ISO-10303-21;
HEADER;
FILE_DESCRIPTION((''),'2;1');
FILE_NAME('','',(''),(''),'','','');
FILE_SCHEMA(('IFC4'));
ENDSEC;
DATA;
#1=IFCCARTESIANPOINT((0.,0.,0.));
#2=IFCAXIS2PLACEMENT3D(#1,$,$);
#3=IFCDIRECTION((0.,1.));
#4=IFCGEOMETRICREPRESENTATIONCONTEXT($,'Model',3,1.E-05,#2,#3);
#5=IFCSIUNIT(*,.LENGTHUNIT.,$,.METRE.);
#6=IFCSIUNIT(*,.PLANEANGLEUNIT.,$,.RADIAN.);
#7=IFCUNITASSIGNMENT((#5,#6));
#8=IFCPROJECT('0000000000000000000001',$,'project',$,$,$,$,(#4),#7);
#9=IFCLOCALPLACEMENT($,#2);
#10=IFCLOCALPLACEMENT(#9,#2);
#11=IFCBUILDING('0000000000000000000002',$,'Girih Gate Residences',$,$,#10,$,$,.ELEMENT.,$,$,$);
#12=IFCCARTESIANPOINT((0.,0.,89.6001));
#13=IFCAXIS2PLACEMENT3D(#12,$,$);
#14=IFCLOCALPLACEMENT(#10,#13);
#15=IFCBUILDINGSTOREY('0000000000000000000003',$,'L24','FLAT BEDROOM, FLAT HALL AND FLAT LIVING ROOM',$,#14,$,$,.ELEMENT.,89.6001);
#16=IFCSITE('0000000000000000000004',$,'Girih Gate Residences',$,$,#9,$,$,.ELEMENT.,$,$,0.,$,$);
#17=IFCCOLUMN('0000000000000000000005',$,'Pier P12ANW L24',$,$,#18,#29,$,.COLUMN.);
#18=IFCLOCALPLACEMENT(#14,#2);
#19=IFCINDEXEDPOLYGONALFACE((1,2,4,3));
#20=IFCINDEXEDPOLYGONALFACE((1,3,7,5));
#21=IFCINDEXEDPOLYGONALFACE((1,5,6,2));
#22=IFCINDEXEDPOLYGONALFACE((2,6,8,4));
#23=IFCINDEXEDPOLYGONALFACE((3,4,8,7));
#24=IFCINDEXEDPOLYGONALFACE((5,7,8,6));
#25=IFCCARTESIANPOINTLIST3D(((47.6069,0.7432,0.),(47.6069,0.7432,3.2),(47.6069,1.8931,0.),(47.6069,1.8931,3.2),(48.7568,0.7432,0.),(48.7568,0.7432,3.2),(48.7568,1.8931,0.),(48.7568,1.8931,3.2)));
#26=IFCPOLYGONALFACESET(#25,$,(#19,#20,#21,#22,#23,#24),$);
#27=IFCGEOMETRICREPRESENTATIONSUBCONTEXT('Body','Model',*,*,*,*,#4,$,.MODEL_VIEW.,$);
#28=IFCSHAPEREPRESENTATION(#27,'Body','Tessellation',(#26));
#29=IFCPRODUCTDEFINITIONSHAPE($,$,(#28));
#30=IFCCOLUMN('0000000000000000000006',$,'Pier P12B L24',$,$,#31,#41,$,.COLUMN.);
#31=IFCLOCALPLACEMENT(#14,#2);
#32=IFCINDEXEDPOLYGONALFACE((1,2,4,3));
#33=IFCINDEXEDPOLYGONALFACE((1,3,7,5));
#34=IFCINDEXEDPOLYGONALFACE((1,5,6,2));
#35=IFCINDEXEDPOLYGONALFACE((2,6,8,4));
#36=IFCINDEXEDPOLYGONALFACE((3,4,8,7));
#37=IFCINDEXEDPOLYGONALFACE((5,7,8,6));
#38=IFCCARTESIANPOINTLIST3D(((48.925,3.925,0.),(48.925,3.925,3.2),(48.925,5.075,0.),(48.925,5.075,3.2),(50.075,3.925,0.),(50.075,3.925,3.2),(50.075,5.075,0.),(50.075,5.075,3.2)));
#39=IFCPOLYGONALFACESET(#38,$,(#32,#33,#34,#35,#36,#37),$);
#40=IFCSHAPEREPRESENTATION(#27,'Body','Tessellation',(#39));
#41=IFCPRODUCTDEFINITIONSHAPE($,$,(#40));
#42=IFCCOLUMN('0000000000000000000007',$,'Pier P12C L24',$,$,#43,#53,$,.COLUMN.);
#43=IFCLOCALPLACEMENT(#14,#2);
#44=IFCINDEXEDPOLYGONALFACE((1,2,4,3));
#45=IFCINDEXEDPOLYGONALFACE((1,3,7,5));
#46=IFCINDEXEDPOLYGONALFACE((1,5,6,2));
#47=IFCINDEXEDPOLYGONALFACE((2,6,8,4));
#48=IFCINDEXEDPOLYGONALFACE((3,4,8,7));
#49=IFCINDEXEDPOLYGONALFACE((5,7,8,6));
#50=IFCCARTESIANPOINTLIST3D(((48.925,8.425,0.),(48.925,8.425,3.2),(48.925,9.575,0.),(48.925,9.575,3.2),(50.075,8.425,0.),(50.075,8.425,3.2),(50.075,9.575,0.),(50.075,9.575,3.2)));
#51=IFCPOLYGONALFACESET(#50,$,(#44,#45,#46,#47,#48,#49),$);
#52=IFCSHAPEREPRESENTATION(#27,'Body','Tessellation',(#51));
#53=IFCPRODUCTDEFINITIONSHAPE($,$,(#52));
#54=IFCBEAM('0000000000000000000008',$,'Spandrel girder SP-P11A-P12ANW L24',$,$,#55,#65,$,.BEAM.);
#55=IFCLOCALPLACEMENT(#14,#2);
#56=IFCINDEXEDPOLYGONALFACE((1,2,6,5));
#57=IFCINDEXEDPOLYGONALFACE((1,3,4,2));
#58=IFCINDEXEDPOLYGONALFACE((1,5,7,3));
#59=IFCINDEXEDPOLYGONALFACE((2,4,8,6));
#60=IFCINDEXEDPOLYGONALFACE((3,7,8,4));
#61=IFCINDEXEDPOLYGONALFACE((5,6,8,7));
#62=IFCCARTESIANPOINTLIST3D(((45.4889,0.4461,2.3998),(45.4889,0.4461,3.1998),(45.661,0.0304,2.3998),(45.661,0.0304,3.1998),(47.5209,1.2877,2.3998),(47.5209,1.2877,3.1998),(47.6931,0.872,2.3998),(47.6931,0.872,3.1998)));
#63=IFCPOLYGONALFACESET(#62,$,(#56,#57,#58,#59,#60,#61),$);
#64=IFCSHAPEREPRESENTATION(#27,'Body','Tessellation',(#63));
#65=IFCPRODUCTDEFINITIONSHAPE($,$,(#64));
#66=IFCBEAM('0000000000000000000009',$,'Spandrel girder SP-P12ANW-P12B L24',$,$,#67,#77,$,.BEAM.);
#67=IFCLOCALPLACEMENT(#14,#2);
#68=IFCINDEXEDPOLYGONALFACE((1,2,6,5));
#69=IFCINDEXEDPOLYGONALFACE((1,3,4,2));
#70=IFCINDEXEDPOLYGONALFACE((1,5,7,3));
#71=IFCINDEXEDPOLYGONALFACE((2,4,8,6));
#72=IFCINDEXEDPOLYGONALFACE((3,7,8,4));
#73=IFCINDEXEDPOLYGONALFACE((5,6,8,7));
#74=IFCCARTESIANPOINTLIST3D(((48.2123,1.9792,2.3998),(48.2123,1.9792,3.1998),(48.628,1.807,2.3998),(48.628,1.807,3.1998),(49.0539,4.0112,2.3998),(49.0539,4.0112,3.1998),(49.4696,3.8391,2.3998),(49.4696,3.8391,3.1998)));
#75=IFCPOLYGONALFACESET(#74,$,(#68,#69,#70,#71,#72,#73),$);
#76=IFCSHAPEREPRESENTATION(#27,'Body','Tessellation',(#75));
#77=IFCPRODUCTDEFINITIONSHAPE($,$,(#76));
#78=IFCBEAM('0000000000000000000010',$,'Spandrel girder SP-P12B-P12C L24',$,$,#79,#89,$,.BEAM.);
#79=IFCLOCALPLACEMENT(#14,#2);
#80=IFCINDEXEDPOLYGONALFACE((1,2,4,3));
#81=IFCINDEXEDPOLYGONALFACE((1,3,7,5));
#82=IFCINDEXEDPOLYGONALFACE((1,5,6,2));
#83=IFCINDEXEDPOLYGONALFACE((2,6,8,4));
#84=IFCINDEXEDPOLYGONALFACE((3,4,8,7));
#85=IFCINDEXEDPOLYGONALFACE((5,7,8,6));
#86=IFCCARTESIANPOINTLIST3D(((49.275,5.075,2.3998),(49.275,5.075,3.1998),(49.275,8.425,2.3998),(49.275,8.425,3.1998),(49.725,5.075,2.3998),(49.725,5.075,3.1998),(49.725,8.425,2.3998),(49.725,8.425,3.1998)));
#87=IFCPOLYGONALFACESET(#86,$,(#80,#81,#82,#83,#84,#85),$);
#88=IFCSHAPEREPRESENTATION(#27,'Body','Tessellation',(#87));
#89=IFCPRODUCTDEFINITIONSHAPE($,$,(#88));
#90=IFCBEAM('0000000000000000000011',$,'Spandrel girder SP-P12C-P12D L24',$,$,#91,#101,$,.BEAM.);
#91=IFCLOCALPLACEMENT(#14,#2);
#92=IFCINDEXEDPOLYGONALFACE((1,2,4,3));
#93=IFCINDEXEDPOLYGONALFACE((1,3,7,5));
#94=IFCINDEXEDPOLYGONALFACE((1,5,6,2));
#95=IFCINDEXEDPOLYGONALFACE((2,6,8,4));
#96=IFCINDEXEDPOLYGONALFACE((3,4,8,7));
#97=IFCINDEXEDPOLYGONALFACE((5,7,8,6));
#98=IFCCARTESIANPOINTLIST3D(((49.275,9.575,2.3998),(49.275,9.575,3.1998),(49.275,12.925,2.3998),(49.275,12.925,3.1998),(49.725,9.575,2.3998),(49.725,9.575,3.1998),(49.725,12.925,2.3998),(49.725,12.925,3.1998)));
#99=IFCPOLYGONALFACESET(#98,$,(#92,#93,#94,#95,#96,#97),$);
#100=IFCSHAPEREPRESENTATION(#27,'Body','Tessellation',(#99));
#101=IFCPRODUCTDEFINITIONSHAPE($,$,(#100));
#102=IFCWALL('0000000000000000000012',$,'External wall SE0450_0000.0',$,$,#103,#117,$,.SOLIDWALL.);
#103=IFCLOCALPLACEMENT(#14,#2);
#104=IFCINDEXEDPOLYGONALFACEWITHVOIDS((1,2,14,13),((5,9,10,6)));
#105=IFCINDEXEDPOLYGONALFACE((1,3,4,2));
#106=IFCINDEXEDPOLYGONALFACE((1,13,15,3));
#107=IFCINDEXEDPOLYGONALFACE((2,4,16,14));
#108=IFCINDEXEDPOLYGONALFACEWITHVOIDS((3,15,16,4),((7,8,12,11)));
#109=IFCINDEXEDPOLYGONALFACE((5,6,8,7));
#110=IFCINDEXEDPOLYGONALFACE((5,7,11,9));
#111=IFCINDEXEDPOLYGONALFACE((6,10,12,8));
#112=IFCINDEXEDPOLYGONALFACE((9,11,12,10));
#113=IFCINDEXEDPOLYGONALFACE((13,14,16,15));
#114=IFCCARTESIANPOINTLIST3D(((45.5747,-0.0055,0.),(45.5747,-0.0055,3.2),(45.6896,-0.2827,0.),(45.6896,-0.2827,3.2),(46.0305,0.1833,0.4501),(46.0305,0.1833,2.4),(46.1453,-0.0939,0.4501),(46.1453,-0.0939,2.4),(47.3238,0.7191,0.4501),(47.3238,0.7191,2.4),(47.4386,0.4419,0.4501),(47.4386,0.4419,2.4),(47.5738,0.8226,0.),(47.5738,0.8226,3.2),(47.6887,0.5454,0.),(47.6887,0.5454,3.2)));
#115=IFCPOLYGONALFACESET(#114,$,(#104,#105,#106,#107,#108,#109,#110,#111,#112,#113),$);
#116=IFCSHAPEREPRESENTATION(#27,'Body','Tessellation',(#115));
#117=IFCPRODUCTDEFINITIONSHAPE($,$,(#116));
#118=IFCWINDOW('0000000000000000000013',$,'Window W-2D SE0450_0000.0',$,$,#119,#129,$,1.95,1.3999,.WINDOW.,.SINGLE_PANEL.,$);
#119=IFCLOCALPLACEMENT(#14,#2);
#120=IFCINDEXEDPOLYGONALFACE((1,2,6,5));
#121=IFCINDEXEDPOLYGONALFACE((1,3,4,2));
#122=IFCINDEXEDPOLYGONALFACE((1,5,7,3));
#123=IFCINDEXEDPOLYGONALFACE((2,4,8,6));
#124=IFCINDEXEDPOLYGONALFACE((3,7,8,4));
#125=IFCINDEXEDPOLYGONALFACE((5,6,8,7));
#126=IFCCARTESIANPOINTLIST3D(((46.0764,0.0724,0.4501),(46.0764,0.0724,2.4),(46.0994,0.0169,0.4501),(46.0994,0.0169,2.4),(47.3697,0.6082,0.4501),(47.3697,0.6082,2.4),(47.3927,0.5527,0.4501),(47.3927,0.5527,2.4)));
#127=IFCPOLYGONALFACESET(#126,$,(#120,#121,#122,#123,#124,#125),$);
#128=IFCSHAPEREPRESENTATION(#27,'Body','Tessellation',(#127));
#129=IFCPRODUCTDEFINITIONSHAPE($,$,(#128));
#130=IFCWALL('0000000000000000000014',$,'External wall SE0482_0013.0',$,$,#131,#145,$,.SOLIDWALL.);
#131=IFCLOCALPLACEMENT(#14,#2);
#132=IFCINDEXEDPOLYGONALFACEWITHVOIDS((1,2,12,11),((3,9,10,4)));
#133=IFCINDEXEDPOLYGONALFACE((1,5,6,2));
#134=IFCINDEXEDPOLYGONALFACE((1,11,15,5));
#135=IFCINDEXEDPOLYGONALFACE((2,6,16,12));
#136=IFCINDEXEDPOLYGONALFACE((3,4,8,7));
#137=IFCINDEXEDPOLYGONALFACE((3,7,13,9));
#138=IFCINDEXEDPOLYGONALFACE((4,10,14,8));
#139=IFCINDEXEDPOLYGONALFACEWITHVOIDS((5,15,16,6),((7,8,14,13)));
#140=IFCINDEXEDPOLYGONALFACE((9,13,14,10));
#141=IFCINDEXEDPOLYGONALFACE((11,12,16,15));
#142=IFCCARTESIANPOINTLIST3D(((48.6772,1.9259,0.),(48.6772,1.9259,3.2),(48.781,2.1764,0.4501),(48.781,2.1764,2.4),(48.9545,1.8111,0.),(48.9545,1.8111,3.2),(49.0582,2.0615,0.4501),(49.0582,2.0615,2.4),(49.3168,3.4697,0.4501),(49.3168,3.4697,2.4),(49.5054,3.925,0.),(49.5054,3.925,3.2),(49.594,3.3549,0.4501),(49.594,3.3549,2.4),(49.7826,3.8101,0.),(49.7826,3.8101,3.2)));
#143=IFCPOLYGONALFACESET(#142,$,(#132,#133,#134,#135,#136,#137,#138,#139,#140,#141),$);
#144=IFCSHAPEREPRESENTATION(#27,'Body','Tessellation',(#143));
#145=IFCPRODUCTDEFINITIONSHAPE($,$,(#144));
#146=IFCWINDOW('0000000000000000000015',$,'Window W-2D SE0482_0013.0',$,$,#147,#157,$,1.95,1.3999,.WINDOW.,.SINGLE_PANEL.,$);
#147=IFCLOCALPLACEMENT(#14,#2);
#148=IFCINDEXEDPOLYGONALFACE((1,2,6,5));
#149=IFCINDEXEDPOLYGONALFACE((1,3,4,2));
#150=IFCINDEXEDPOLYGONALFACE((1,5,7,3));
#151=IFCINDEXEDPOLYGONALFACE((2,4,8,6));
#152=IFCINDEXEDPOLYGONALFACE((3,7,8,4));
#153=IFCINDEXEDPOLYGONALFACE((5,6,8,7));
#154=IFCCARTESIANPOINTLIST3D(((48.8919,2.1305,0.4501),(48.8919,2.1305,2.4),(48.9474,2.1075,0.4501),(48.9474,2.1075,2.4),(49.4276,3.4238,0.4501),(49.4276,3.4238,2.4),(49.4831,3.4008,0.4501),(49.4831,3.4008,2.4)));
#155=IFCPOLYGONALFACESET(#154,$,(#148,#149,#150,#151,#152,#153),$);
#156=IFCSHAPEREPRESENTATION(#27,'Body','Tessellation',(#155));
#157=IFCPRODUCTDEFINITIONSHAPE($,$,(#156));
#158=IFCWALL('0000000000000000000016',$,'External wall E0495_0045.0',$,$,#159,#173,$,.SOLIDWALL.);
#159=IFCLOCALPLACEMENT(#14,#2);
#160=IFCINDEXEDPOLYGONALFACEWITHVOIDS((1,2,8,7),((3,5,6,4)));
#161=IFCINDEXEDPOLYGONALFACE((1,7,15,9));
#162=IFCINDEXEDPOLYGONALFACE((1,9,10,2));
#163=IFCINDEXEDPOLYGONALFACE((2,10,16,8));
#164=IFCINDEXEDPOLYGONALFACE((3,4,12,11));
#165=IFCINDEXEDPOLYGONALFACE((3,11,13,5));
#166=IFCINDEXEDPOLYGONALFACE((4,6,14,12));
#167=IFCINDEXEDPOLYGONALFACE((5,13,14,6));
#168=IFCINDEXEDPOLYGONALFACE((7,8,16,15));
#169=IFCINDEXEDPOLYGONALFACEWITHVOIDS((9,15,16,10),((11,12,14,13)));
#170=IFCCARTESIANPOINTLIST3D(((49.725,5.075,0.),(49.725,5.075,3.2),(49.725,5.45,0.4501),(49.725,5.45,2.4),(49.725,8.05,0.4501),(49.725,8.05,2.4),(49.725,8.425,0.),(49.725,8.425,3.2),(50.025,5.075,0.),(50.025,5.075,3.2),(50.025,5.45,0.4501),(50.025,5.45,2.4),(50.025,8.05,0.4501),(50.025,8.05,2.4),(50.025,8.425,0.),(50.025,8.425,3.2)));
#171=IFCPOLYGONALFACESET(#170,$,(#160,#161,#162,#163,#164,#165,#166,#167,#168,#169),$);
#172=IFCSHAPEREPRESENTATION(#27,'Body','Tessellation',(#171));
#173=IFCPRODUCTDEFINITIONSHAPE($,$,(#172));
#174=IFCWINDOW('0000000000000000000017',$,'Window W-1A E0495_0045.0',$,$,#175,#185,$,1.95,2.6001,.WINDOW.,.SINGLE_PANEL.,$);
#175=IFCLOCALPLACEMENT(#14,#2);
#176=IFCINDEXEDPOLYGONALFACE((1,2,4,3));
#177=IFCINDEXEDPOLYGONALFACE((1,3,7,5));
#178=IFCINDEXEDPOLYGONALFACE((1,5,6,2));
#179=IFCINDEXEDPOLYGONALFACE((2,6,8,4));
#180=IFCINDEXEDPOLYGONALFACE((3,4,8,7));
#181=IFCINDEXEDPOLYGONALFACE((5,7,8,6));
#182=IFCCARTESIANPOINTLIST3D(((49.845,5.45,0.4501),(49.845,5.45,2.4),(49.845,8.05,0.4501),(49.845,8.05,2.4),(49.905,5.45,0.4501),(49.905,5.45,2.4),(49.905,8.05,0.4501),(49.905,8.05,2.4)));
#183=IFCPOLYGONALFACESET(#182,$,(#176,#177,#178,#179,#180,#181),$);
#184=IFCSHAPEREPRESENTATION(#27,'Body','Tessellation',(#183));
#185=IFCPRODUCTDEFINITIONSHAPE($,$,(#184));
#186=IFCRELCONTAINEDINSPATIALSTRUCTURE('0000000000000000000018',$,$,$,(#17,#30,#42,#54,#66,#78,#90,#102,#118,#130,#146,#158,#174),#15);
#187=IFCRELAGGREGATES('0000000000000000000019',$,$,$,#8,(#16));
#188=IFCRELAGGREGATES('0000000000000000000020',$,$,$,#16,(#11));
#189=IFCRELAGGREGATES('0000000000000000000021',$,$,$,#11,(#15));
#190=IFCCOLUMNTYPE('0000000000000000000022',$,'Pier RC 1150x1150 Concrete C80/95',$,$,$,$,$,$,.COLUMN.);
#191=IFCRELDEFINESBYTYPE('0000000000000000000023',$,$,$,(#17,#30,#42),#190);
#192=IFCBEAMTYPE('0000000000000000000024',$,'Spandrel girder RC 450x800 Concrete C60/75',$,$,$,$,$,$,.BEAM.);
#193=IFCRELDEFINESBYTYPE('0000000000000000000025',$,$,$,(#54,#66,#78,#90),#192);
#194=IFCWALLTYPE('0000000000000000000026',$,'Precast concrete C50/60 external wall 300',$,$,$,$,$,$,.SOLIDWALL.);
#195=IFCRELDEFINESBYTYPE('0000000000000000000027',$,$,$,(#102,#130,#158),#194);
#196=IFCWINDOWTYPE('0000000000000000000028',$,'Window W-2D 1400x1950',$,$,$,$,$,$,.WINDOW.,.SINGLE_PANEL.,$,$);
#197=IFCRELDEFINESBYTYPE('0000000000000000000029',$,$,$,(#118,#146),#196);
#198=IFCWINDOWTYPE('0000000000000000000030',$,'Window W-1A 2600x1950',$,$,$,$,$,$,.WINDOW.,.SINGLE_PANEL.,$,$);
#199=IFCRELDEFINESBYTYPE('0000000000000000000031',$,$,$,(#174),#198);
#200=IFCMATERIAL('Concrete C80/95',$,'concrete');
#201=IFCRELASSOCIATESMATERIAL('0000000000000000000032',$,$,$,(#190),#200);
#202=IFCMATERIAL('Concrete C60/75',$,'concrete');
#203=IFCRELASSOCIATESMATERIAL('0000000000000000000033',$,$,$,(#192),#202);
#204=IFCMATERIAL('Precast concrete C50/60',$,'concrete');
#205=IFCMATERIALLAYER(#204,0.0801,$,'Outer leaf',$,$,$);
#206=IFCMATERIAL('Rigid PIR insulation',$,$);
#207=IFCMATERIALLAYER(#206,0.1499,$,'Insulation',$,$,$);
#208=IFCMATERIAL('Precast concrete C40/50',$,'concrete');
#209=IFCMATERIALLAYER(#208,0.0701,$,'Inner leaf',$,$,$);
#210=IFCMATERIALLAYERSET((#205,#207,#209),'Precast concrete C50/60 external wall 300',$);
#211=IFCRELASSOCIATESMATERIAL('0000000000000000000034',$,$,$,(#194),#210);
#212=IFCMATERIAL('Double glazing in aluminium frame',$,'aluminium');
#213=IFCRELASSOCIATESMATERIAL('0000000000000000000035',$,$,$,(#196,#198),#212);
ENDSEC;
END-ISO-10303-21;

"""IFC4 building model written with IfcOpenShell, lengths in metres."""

from ifc_helpers import new_model, si_unit, direction, frame, frame_2d, origin, origin_2d, place, context, subcontext, project, spatial, rectangle, extrude, material, layer, layer_set, material_profile, profile_set, type_object, element, fill, save


model = new_model("IFC4")

# Units and contexts
model_context = context("Model", 3, precision=1e-05, world=origin(), true_north=direction((0.0, 1.0)))
body_context = subcontext(model_context, "Body", "Model", "MODEL_VIEW")
ifc_project = project(units=[si_unit("LENGTHUNIT", "METRE"), si_unit("PLANEANGLEUNIT", "RADIAN")], contexts=[model_context])

# Site, building, storey
site_placement = place(None, origin())
site = spatial("IfcSite", under=ifc_project, at=site_placement, Name="Girih Gate Residences", CompositionType="ELEMENT", RefElevation=0.0)
building_placement = place(site_placement, origin())
building = spatial("IfcBuilding", under=site, at=building_placement, Name="Girih Gate Residences", CompositionType="ELEMENT")
storey_placement = place(building_placement, frame((0.0, 0.0, 89.6001)))
storey = spatial("IfcBuildingStorey", under=building, at=storey_placement, Name="L24", Description="FLAT BEDROOM, FLAT HALL AND FLAT LIVING ROOM", CompositionType="ELEMENT", Elevation=89.6001)

# Columns
ifc_material_1 = material(Name="Concrete C80/95", Category="concrete")
ifc_material_profile_1 = material_profile(ifc_material_1, rectangle(XDim=1.1499, YDim=1.1499, at=origin_2d()))
ifc_profile_set_1 = profile_set([ifc_material_profile_1], Name="Concrete C80/95")
column_type = type_object("IfcColumnType", Name="Pier RC 1150x1150 Concrete C80/95", PredefinedType="COLUMN", material=ifc_profile_set_1)
for number, where, z_axis, x_axis, name in (
    (1, (48.1819, 1.3181, 0.0), (0.0, 0.0, 1.0), (1.0, 0.0, 0.0), "Pier P12ANW L24"),
    (2, (49.5, 4.5, 0.0), (0.0, 0.0, 1.0), (1.0, 0.0, 0.0), "Pier P12B L24"),
    (3, (49.5, 9.0, 0.0), (0.0, 0.0, 1.0), (1.0, 0.0, 0.0), "Pier P12C L24"),
):
    element("IfcColumn", number, at=place(storey_placement, frame(where, z_axis=z_axis, x_axis=x_axis)), inside=storey, type_object=column_type, Name=name, PredefinedType="COLUMN", context=body_context, shape_type="SweptSolid", body=[
        extrude(rectangle(XDim=1.1499, YDim=1.1499, at=origin_2d()), origin(), (0.0, 0.0, 1.0), 3.2),
    ])

# Beams
ifc_material_2 = material(Name="Concrete C60/75", Category="concrete")
ifc_material_profile_2 = material_profile(ifc_material_2, rectangle(XDim=0.45, YDim=0.8, at=origin_2d()))
ifc_profile_set_2 = profile_set([ifc_material_profile_2], Name="Concrete C60/75")
beam_type = type_object("IfcBeamType", Name="Spandrel girder RC 450x800 Concrete C60/75", PredefinedType="BEAM", material=ifc_profile_set_2)
for number, where, z_axis, x_axis, name in (
    (4, (45.575, 0.2383, 2.7998), (0.923899, 0.382636, 0.0), (-0.382636, 0.923899, 0.0), "Spandrel girder SP-P11A-P12ANW L24"),
    (5, (48.4202, 1.8931, 2.7998), (0.382636, 0.923899, 0.0), (-0.923899, 0.382636, 0.0), "Spandrel girder SP-P12ANW-P12B L24"),
):
    element("IfcBeam", number, at=place(storey_placement, frame(where, z_axis=z_axis, x_axis=x_axis)), inside=storey, type_object=beam_type, Name=name, PredefinedType="BEAM", context=body_context, shape_type="SweptSolid", body=[
        extrude(rectangle(XDim=0.45, YDim=0.8, at=origin_2d()), origin(), (0.0, 0.0, 1.0), 2.1995),
    ])
for number, where, z_axis, x_axis, name in (
    (6, (49.5, 5.075, 2.7998), (0.0, 1.0, 0.0), (-1.0, 0.0, 0.0), "Spandrel girder SP-P12B-P12C L24"),
    (7, (49.5, 9.575, 2.7998), (0.0, 1.0, 0.0), (-1.0, 0.0, 0.0), "Spandrel girder SP-P12C-P12D L24"),
):
    element("IfcBeam", number, at=place(storey_placement, frame(where, z_axis=z_axis, x_axis=x_axis)), inside=storey, type_object=beam_type, Name=name, PredefinedType="BEAM", context=body_context, shape_type="SweptSolid", body=[
        extrude(rectangle(XDim=0.45, YDim=0.8, at=origin_2d()), origin(), (0.0, 0.0, 1.0), 3.3501),
    ])

# Walls, openings, windows
ifc_material_3 = material(Name="Precast concrete C50/60", Category="concrete")
ifc_layer_1 = layer(ifc_material_3, 0.0801, Name="Outer leaf")
ifc_material_4 = material(Name="Rigid PIR insulation")
ifc_layer_2 = layer(ifc_material_4, 0.1499, Name="Insulation")
ifc_material_5 = material(Name="Precast concrete C40/50", Category="concrete")
ifc_layer_3 = layer(ifc_material_5, 0.0701, Name="Inner leaf")
ifc_layer_set = layer_set([ifc_layer_1, ifc_layer_2, ifc_layer_3], Name="Precast concrete C50/60 external wall 300")
wall_type = type_object("IfcWallType", Name="Precast concrete C50/60 external wall 300", PredefinedType="SOLIDWALL", material=ifc_layer_set)
wall_1_placement = place(storey_placement, frame((47.6313, 0.6841, 0.0), z_axis=(0.0, 0.0, 1.0), x_axis=(-0.923863, -0.382724, 0.0)))
wall_1 = element("IfcWall", 8, at=wall_1_placement, inside=storey, type_object=wall_type, Name="External wall SE0450_0000.0", PredefinedType="SOLIDWALL", context=body_context, shape_type="SweptSolid", body=[
    extrude(rectangle(XDim=2.1638, YDim=0.3, at=frame_2d((1.082, 0.0))), origin(), (0.0, 0.0, 1.0), 3.2),
])
opening_1_placement = place(wall_1_placement, frame((0.2708, 0.0, 0.45)))
opening_1 = element("IfcOpeningElement", 9, at=opening_1_placement, cuts=wall_1, PredefinedType="OPENING", context=body_context, shape_type="SweptSolid", body=[
    extrude(rectangle(XDim=1.3999, YDim=1.95, at=frame_2d((0.7, 0.9751))), frame((0.0, 0.1599, 0.0), z_axis=(0.0, -1.0, 0.0), x_axis=(1.0, 0.0, 0.0)), (0.0, 0.0, 1.0), 0.3201),
])
ifc_material_6 = material(Name="Double glazing in aluminium frame", Category="aluminium")
window_type_1 = type_object("IfcWindowType", Name="Window W-2D 1400x1950", PartitioningType="SINGLE_PANEL", PredefinedType="WINDOW", material=ifc_material_6)
window_1_placement = place(opening_1_placement, origin())
window_1 = element("IfcWindow", 10, at=window_1_placement, inside=storey, type_object=window_type_1, Name="Window W-2D SE0450_0000.0", OverallHeight=1.95, OverallWidth=1.3999, PartitioningType="SINGLE_PANEL", PredefinedType="WINDOW", context=body_context, shape_type="SweptSolid", body=[
    extrude(rectangle(XDim=1.3999, YDim=1.95, at=frame_2d((0.7, 0.9751))), frame((0.0, 0.03, 0.0), z_axis=(0.0, -1.0, 0.0), x_axis=(1.0, 0.0, 0.0)), (0.0, 0.0, 1.0), 0.0601),
])
fill(opening_1, window_1)
wall_2_placement = place(storey_placement, frame((49.644, 3.8677, 0.0), z_axis=(0.0, 0.0, 1.0), x_axis=(-0.382724, -0.923863, 0.0)))
wall_2 = element("IfcWall", 11, at=wall_2_placement, inside=storey, type_object=wall_type, Name="External wall SE0482_0013.0", PredefinedType="SOLIDWALL", context=body_context, shape_type="SweptSolid", body=[
    extrude(rectangle(XDim=2.1638, YDim=0.3, at=frame_2d((1.082, 0.0))), origin(), (0.0, 0.0, 1.0), 3.2),
])
opening_2_placement = place(wall_2_placement, frame((0.4929, 0.0, 0.45)))
opening_2 = element("IfcOpeningElement", 12, at=opening_2_placement, cuts=wall_2, PredefinedType="OPENING", context=body_context, shape_type="SweptSolid", body=[
    extrude(rectangle(XDim=1.3999, YDim=1.95, at=frame_2d((0.7, 0.9751))), frame((0.0, 0.1599, 0.0), z_axis=(0.0, -1.0, 0.0), x_axis=(1.0, 0.0, 0.0)), (0.0, 0.0, 1.0), 0.3201),
])
window_2_placement = place(opening_2_placement, origin())
window_2 = element("IfcWindow", 13, at=window_2_placement, inside=storey, type_object=window_type_1, Name="Window W-2D SE0482_0013.0", OverallHeight=1.95, OverallWidth=1.3999, PartitioningType="SINGLE_PANEL", PredefinedType="WINDOW", context=body_context, shape_type="SweptSolid", body=[
    extrude(rectangle(XDim=1.3999, YDim=1.95, at=frame_2d((0.7, 0.9751))), frame((0.0, 0.03, 0.0), z_axis=(0.0, -1.0, 0.0), x_axis=(1.0, 0.0, 0.0)), (0.0, 0.0, 1.0), 0.0601),
])
fill(opening_2, window_2)
wall_3_placement = place(storey_placement, frame((49.875, 8.425, 0.0), z_axis=(0.0, 0.0, 1.0), x_axis=(0.0, -1.0, 0.0)))
wall_3 = element("IfcWall", 14, at=wall_3_placement, inside=storey, type_object=wall_type, Name="External wall E0495_0045.0", PredefinedType="SOLIDWALL", context=body_context, shape_type="SweptSolid", body=[
    extrude(rectangle(XDim=3.3501, YDim=0.3, at=frame_2d((1.675, 0.0))), origin(), (0.0, 0.0, 1.0), 3.2),
])
opening_3_placement = place(wall_3_placement, frame((0.375, 0.0, 0.45)))
opening_3 = element("IfcOpeningElement", 15, at=opening_3_placement, cuts=wall_3, PredefinedType="OPENING", context=body_context, shape_type="SweptSolid", body=[
    extrude(rectangle(XDim=2.6001, YDim=1.95, at=frame_2d((1.3, 0.9751))), frame((0.0, 0.1599, 0.0), z_axis=(0.0, -1.0, 0.0), x_axis=(1.0, 0.0, 0.0)), (0.0, 0.0, 1.0), 0.3201),
])
window_type_2 = type_object("IfcWindowType", Name="Window W-1A 2600x1950", PartitioningType="SINGLE_PANEL", PredefinedType="WINDOW", material=ifc_material_6)
window_3_placement = place(opening_3_placement, origin())
window_3 = element("IfcWindow", 16, at=window_3_placement, inside=storey, type_object=window_type_2, Name="Window W-1A E0495_0045.0", OverallHeight=1.95, OverallWidth=2.6001, PartitioningType="SINGLE_PANEL", PredefinedType="WINDOW", context=body_context, shape_type="SweptSolid", body=[
    extrude(rectangle(XDim=2.6001, YDim=1.95, at=frame_2d((1.3, 0.9751))), frame((0.0, 0.03, 0.0), z_axis=(0.0, -1.0, 0.0), x_axis=(1.0, 0.0, 0.0)), (0.0, 0.0, 1.0), 0.0601),
])
fill(opening_3, window_3)

save(model, "model.ifc")
